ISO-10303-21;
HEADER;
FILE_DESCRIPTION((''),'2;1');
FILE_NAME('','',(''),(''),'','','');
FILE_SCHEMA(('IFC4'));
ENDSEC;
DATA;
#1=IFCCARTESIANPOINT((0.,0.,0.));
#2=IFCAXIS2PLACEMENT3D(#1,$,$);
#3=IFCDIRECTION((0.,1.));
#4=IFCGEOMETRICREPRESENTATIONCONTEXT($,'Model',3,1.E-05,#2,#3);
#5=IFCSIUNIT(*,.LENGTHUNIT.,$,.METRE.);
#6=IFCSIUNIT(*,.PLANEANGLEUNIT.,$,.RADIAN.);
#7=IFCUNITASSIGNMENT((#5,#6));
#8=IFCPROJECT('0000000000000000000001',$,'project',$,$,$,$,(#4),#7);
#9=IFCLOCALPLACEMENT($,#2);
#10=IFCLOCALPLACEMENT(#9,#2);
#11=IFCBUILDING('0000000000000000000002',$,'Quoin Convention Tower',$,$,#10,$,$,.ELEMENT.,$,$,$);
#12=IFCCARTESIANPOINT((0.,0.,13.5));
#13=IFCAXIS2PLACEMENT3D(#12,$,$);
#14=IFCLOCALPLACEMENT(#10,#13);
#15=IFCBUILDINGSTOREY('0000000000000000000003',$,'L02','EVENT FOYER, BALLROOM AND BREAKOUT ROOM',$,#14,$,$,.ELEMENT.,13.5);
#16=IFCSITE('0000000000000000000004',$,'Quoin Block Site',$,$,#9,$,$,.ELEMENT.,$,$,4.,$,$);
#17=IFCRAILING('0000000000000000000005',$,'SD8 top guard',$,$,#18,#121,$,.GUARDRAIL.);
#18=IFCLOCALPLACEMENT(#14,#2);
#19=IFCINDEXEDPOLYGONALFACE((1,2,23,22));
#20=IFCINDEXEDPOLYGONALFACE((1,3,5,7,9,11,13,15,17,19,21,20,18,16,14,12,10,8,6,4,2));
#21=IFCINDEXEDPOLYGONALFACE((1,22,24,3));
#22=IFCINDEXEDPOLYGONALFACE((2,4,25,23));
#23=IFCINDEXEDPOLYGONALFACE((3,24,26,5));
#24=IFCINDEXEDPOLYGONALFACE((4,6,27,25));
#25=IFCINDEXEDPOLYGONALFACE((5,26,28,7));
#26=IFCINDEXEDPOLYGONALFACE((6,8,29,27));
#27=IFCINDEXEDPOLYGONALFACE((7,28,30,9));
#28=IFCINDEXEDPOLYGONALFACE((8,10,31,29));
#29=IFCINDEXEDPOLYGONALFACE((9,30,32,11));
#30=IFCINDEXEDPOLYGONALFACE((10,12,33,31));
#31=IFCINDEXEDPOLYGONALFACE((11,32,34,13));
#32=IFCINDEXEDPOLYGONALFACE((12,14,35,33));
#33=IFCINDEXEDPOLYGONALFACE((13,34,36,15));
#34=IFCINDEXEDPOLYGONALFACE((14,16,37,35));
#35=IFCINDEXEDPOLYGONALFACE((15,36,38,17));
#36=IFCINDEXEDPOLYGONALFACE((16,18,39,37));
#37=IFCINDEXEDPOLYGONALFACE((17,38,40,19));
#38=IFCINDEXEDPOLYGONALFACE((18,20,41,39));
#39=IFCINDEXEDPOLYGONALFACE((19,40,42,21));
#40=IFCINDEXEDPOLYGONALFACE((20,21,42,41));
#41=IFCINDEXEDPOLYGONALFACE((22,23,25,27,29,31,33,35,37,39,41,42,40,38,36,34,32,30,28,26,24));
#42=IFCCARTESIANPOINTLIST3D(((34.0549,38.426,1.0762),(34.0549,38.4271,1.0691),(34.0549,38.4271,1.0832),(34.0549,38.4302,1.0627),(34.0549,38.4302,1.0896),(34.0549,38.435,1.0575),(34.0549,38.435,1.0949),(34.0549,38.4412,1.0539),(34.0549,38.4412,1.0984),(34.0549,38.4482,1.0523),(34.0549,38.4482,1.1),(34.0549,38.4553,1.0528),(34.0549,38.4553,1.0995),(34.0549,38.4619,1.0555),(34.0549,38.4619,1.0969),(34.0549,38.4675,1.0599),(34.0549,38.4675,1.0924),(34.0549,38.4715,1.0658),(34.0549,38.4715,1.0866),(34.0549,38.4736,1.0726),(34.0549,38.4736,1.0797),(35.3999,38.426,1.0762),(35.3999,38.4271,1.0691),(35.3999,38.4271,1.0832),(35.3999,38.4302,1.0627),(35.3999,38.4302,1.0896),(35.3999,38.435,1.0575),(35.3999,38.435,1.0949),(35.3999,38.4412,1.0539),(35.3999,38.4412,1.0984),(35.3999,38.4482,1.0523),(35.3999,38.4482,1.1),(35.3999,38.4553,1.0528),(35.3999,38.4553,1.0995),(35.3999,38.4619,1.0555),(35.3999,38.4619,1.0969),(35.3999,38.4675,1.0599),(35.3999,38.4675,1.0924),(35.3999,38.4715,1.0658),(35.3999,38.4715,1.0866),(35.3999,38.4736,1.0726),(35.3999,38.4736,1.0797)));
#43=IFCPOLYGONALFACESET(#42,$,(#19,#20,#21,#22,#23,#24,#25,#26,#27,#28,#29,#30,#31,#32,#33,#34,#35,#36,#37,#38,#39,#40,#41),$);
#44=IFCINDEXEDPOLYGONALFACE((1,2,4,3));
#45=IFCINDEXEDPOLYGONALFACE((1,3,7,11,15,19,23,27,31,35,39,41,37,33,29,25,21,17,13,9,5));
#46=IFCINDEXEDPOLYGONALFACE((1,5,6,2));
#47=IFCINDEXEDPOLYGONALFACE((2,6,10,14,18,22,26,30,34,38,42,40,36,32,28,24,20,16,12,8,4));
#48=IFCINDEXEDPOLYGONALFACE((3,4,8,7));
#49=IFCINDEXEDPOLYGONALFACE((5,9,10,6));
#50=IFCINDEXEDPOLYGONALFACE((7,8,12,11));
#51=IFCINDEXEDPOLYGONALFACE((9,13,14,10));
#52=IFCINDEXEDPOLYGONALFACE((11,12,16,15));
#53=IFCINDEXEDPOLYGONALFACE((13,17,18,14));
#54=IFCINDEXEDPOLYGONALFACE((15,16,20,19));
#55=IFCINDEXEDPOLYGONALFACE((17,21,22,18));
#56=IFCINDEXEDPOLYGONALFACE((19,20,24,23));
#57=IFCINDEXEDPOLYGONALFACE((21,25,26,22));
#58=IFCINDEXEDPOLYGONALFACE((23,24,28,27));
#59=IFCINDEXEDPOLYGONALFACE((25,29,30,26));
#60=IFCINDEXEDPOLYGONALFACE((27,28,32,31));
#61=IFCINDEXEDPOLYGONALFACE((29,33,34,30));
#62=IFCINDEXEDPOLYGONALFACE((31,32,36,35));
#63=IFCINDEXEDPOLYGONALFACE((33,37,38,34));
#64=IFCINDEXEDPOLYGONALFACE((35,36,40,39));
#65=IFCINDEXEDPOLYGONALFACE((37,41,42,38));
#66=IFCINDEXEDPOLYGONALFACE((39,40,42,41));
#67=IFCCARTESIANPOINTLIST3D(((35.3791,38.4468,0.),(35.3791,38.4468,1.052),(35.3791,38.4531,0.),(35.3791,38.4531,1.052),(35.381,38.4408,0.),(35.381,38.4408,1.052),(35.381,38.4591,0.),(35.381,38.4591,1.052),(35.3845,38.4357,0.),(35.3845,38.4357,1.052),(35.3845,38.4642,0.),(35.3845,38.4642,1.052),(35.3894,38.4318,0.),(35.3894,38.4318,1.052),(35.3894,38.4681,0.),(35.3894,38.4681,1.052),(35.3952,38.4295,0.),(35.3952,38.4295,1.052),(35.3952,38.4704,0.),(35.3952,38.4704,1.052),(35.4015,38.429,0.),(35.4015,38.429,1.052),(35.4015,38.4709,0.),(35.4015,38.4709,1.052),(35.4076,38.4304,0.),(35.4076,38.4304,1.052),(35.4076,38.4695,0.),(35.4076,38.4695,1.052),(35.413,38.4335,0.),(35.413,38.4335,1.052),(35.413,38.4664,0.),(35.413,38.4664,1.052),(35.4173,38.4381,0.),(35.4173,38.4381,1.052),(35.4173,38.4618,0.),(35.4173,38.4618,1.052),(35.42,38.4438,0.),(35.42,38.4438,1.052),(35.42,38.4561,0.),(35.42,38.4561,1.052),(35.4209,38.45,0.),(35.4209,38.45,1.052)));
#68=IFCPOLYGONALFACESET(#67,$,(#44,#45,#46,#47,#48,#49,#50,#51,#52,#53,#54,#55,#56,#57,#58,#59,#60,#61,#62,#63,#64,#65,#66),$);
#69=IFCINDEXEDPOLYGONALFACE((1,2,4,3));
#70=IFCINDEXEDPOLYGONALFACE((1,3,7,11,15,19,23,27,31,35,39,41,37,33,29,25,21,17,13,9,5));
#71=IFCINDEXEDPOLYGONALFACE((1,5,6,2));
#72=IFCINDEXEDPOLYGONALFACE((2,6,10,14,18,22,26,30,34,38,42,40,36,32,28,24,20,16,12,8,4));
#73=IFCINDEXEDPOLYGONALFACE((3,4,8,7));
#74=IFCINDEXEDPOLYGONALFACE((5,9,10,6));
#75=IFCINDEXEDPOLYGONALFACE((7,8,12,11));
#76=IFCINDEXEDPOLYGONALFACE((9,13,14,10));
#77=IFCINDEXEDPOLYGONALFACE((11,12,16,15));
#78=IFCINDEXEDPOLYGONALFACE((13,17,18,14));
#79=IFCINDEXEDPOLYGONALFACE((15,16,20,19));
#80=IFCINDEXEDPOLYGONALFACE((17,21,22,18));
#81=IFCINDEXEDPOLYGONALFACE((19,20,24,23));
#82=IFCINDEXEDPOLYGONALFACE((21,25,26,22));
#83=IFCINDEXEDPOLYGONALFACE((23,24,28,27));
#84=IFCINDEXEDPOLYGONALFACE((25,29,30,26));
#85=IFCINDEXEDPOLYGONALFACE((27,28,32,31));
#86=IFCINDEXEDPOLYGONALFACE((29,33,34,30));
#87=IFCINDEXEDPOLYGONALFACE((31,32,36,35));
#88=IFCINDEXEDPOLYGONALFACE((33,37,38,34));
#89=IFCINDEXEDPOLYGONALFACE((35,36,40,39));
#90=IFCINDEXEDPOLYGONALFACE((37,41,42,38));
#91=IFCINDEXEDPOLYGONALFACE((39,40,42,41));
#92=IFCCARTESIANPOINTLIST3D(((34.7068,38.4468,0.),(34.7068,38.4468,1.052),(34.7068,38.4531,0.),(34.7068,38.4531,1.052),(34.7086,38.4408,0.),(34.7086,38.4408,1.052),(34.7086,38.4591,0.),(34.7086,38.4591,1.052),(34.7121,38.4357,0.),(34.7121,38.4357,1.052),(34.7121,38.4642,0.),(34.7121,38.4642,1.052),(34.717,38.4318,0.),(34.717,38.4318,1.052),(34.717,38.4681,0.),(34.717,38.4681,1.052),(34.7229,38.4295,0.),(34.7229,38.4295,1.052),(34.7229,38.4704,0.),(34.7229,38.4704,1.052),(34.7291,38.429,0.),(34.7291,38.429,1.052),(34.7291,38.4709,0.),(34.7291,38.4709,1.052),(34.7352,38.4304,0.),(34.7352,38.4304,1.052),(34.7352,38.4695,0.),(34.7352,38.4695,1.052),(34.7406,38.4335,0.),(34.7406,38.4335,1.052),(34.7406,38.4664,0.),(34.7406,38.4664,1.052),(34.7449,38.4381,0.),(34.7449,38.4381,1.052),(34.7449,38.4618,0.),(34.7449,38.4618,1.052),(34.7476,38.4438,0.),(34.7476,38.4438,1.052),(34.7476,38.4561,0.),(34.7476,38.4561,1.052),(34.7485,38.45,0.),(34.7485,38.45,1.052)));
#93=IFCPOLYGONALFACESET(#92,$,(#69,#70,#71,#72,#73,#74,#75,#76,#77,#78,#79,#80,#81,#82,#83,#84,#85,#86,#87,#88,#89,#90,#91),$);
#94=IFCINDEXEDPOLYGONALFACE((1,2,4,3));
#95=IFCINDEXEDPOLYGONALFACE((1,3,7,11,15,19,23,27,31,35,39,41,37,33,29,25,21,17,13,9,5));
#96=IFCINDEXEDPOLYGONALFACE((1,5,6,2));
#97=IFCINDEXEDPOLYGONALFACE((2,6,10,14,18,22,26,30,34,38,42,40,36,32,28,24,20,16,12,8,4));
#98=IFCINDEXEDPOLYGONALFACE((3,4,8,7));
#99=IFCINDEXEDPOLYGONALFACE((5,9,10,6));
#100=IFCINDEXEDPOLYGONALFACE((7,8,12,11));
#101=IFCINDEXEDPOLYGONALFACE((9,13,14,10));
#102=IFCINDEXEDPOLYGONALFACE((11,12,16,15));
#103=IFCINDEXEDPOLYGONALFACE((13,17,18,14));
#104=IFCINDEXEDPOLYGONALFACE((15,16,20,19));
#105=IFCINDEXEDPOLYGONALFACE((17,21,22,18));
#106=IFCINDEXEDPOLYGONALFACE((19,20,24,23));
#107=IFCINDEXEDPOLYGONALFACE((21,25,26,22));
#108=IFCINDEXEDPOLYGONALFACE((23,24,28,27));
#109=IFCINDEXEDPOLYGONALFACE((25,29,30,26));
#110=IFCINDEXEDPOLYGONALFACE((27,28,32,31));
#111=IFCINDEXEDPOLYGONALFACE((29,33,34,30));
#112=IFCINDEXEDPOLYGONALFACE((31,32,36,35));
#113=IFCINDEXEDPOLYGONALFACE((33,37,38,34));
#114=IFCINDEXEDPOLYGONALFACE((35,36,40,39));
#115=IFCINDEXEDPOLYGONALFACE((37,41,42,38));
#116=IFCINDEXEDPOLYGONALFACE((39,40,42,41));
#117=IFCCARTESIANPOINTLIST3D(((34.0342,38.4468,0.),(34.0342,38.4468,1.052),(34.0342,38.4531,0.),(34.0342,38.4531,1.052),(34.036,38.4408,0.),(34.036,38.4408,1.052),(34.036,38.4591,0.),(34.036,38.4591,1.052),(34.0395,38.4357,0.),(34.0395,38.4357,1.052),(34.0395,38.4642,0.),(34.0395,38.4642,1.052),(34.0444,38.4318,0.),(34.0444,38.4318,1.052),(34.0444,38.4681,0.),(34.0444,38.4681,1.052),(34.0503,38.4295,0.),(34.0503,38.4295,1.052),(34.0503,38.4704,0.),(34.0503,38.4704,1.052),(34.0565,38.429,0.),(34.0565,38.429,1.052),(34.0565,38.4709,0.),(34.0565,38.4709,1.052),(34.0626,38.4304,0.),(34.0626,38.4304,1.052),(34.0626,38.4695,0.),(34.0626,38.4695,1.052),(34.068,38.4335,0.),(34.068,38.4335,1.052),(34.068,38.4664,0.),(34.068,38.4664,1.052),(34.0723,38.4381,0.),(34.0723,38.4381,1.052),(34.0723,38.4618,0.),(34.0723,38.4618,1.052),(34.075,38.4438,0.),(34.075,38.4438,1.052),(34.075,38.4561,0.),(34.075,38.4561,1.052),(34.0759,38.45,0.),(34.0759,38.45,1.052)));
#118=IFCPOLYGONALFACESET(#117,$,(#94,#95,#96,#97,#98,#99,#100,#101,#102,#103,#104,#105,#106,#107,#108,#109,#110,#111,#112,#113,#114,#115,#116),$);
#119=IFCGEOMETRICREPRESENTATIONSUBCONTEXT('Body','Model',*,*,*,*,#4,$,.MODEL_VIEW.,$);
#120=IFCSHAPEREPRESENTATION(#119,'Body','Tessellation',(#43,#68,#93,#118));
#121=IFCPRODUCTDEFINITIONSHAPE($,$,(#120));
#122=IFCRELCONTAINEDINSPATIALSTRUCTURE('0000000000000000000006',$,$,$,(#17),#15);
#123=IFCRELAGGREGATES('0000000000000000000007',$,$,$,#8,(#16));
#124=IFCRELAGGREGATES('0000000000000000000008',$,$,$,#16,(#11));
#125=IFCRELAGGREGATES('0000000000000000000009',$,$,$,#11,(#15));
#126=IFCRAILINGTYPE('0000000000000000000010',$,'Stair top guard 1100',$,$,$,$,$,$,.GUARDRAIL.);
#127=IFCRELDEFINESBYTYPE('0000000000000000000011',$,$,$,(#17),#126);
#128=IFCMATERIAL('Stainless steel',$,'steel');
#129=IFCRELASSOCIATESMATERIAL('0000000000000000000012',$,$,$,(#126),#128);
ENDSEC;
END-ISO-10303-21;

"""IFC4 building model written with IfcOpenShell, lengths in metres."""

from ifc_helpers import new_model, si_unit, direction, frame, origin, origin_2d, place, context, subcontext, project, spatial, circle, extrude, material, type_object, element, save


model = new_model("IFC4")

# Units and contexts
model_context = context("Model", 3, precision=1e-05, world=origin(), true_north=direction((0.0, 1.0)))
body_context = subcontext(model_context, "Body", "Model", "MODEL_VIEW")
ifc_project = project(units=[si_unit("LENGTHUNIT", "METRE"), si_unit("PLANEANGLEUNIT", "RADIAN")], contexts=[model_context])

# Site, building, storey
site_placement = place(None, origin())
site = spatial("IfcSite", under=ifc_project, at=site_placement, Name="Quoin Block Site", CompositionType="ELEMENT", RefElevation=4.0)
building_placement = place(site_placement, origin())
building = spatial("IfcBuilding", under=site, at=building_placement, Name="Quoin Convention Tower", CompositionType="ELEMENT")
storey_placement = place(building_placement, frame((0.0, 0.0, 13.5)))
storey = spatial("IfcBuildingStorey", under=building, at=storey_placement, Name="L02", Description="EVENT FOYER, BALLROOM AND BREAKOUT ROOM", CompositionType="ELEMENT", Elevation=13.5)

# Railing
ifc_material_1 = material(Name="Stainless steel", Category="steel")
railing_type_1 = type_object("IfcRailingType", Name="Stair top guard 1100", PredefinedType="GUARDRAIL", material=ifc_material_1)
railing_1_placement = place(storey_placement, frame((35.3999, 38.45, 0.0)))
element("IfcRailing", 1, at=railing_1_placement, inside=storey, type_object=railing_type_1, Name="SD8 top guard", PredefinedType="GUARDRAIL", context=body_context, shape_type="SweptSolid", body=[
    extrude(circle(Radius=0.0239, at=origin_2d()), frame((0.0, 0.0, 1.0762), z_axis=(-1.0, 0.0, 0.0), x_axis=(0.0, -1.0, 0.0)), (0.0, 0.0, 1.0), 1.345),
    extrude(circle(Radius=0.021, at=origin_2d()), origin(), (0.0, 0.0, 1.0), 1.052),
    extrude(circle(Radius=0.021, at=origin_2d()), frame((-0.6724, 0.0, 0.0)), (0.0, 0.0, 1.0), 1.052),
    extrude(circle(Radius=0.021, at=origin_2d()), frame((-1.345, 0.0, 0.0)), (0.0, 0.0, 1.0), 1.052),
])

save(model, "model.ifc")
